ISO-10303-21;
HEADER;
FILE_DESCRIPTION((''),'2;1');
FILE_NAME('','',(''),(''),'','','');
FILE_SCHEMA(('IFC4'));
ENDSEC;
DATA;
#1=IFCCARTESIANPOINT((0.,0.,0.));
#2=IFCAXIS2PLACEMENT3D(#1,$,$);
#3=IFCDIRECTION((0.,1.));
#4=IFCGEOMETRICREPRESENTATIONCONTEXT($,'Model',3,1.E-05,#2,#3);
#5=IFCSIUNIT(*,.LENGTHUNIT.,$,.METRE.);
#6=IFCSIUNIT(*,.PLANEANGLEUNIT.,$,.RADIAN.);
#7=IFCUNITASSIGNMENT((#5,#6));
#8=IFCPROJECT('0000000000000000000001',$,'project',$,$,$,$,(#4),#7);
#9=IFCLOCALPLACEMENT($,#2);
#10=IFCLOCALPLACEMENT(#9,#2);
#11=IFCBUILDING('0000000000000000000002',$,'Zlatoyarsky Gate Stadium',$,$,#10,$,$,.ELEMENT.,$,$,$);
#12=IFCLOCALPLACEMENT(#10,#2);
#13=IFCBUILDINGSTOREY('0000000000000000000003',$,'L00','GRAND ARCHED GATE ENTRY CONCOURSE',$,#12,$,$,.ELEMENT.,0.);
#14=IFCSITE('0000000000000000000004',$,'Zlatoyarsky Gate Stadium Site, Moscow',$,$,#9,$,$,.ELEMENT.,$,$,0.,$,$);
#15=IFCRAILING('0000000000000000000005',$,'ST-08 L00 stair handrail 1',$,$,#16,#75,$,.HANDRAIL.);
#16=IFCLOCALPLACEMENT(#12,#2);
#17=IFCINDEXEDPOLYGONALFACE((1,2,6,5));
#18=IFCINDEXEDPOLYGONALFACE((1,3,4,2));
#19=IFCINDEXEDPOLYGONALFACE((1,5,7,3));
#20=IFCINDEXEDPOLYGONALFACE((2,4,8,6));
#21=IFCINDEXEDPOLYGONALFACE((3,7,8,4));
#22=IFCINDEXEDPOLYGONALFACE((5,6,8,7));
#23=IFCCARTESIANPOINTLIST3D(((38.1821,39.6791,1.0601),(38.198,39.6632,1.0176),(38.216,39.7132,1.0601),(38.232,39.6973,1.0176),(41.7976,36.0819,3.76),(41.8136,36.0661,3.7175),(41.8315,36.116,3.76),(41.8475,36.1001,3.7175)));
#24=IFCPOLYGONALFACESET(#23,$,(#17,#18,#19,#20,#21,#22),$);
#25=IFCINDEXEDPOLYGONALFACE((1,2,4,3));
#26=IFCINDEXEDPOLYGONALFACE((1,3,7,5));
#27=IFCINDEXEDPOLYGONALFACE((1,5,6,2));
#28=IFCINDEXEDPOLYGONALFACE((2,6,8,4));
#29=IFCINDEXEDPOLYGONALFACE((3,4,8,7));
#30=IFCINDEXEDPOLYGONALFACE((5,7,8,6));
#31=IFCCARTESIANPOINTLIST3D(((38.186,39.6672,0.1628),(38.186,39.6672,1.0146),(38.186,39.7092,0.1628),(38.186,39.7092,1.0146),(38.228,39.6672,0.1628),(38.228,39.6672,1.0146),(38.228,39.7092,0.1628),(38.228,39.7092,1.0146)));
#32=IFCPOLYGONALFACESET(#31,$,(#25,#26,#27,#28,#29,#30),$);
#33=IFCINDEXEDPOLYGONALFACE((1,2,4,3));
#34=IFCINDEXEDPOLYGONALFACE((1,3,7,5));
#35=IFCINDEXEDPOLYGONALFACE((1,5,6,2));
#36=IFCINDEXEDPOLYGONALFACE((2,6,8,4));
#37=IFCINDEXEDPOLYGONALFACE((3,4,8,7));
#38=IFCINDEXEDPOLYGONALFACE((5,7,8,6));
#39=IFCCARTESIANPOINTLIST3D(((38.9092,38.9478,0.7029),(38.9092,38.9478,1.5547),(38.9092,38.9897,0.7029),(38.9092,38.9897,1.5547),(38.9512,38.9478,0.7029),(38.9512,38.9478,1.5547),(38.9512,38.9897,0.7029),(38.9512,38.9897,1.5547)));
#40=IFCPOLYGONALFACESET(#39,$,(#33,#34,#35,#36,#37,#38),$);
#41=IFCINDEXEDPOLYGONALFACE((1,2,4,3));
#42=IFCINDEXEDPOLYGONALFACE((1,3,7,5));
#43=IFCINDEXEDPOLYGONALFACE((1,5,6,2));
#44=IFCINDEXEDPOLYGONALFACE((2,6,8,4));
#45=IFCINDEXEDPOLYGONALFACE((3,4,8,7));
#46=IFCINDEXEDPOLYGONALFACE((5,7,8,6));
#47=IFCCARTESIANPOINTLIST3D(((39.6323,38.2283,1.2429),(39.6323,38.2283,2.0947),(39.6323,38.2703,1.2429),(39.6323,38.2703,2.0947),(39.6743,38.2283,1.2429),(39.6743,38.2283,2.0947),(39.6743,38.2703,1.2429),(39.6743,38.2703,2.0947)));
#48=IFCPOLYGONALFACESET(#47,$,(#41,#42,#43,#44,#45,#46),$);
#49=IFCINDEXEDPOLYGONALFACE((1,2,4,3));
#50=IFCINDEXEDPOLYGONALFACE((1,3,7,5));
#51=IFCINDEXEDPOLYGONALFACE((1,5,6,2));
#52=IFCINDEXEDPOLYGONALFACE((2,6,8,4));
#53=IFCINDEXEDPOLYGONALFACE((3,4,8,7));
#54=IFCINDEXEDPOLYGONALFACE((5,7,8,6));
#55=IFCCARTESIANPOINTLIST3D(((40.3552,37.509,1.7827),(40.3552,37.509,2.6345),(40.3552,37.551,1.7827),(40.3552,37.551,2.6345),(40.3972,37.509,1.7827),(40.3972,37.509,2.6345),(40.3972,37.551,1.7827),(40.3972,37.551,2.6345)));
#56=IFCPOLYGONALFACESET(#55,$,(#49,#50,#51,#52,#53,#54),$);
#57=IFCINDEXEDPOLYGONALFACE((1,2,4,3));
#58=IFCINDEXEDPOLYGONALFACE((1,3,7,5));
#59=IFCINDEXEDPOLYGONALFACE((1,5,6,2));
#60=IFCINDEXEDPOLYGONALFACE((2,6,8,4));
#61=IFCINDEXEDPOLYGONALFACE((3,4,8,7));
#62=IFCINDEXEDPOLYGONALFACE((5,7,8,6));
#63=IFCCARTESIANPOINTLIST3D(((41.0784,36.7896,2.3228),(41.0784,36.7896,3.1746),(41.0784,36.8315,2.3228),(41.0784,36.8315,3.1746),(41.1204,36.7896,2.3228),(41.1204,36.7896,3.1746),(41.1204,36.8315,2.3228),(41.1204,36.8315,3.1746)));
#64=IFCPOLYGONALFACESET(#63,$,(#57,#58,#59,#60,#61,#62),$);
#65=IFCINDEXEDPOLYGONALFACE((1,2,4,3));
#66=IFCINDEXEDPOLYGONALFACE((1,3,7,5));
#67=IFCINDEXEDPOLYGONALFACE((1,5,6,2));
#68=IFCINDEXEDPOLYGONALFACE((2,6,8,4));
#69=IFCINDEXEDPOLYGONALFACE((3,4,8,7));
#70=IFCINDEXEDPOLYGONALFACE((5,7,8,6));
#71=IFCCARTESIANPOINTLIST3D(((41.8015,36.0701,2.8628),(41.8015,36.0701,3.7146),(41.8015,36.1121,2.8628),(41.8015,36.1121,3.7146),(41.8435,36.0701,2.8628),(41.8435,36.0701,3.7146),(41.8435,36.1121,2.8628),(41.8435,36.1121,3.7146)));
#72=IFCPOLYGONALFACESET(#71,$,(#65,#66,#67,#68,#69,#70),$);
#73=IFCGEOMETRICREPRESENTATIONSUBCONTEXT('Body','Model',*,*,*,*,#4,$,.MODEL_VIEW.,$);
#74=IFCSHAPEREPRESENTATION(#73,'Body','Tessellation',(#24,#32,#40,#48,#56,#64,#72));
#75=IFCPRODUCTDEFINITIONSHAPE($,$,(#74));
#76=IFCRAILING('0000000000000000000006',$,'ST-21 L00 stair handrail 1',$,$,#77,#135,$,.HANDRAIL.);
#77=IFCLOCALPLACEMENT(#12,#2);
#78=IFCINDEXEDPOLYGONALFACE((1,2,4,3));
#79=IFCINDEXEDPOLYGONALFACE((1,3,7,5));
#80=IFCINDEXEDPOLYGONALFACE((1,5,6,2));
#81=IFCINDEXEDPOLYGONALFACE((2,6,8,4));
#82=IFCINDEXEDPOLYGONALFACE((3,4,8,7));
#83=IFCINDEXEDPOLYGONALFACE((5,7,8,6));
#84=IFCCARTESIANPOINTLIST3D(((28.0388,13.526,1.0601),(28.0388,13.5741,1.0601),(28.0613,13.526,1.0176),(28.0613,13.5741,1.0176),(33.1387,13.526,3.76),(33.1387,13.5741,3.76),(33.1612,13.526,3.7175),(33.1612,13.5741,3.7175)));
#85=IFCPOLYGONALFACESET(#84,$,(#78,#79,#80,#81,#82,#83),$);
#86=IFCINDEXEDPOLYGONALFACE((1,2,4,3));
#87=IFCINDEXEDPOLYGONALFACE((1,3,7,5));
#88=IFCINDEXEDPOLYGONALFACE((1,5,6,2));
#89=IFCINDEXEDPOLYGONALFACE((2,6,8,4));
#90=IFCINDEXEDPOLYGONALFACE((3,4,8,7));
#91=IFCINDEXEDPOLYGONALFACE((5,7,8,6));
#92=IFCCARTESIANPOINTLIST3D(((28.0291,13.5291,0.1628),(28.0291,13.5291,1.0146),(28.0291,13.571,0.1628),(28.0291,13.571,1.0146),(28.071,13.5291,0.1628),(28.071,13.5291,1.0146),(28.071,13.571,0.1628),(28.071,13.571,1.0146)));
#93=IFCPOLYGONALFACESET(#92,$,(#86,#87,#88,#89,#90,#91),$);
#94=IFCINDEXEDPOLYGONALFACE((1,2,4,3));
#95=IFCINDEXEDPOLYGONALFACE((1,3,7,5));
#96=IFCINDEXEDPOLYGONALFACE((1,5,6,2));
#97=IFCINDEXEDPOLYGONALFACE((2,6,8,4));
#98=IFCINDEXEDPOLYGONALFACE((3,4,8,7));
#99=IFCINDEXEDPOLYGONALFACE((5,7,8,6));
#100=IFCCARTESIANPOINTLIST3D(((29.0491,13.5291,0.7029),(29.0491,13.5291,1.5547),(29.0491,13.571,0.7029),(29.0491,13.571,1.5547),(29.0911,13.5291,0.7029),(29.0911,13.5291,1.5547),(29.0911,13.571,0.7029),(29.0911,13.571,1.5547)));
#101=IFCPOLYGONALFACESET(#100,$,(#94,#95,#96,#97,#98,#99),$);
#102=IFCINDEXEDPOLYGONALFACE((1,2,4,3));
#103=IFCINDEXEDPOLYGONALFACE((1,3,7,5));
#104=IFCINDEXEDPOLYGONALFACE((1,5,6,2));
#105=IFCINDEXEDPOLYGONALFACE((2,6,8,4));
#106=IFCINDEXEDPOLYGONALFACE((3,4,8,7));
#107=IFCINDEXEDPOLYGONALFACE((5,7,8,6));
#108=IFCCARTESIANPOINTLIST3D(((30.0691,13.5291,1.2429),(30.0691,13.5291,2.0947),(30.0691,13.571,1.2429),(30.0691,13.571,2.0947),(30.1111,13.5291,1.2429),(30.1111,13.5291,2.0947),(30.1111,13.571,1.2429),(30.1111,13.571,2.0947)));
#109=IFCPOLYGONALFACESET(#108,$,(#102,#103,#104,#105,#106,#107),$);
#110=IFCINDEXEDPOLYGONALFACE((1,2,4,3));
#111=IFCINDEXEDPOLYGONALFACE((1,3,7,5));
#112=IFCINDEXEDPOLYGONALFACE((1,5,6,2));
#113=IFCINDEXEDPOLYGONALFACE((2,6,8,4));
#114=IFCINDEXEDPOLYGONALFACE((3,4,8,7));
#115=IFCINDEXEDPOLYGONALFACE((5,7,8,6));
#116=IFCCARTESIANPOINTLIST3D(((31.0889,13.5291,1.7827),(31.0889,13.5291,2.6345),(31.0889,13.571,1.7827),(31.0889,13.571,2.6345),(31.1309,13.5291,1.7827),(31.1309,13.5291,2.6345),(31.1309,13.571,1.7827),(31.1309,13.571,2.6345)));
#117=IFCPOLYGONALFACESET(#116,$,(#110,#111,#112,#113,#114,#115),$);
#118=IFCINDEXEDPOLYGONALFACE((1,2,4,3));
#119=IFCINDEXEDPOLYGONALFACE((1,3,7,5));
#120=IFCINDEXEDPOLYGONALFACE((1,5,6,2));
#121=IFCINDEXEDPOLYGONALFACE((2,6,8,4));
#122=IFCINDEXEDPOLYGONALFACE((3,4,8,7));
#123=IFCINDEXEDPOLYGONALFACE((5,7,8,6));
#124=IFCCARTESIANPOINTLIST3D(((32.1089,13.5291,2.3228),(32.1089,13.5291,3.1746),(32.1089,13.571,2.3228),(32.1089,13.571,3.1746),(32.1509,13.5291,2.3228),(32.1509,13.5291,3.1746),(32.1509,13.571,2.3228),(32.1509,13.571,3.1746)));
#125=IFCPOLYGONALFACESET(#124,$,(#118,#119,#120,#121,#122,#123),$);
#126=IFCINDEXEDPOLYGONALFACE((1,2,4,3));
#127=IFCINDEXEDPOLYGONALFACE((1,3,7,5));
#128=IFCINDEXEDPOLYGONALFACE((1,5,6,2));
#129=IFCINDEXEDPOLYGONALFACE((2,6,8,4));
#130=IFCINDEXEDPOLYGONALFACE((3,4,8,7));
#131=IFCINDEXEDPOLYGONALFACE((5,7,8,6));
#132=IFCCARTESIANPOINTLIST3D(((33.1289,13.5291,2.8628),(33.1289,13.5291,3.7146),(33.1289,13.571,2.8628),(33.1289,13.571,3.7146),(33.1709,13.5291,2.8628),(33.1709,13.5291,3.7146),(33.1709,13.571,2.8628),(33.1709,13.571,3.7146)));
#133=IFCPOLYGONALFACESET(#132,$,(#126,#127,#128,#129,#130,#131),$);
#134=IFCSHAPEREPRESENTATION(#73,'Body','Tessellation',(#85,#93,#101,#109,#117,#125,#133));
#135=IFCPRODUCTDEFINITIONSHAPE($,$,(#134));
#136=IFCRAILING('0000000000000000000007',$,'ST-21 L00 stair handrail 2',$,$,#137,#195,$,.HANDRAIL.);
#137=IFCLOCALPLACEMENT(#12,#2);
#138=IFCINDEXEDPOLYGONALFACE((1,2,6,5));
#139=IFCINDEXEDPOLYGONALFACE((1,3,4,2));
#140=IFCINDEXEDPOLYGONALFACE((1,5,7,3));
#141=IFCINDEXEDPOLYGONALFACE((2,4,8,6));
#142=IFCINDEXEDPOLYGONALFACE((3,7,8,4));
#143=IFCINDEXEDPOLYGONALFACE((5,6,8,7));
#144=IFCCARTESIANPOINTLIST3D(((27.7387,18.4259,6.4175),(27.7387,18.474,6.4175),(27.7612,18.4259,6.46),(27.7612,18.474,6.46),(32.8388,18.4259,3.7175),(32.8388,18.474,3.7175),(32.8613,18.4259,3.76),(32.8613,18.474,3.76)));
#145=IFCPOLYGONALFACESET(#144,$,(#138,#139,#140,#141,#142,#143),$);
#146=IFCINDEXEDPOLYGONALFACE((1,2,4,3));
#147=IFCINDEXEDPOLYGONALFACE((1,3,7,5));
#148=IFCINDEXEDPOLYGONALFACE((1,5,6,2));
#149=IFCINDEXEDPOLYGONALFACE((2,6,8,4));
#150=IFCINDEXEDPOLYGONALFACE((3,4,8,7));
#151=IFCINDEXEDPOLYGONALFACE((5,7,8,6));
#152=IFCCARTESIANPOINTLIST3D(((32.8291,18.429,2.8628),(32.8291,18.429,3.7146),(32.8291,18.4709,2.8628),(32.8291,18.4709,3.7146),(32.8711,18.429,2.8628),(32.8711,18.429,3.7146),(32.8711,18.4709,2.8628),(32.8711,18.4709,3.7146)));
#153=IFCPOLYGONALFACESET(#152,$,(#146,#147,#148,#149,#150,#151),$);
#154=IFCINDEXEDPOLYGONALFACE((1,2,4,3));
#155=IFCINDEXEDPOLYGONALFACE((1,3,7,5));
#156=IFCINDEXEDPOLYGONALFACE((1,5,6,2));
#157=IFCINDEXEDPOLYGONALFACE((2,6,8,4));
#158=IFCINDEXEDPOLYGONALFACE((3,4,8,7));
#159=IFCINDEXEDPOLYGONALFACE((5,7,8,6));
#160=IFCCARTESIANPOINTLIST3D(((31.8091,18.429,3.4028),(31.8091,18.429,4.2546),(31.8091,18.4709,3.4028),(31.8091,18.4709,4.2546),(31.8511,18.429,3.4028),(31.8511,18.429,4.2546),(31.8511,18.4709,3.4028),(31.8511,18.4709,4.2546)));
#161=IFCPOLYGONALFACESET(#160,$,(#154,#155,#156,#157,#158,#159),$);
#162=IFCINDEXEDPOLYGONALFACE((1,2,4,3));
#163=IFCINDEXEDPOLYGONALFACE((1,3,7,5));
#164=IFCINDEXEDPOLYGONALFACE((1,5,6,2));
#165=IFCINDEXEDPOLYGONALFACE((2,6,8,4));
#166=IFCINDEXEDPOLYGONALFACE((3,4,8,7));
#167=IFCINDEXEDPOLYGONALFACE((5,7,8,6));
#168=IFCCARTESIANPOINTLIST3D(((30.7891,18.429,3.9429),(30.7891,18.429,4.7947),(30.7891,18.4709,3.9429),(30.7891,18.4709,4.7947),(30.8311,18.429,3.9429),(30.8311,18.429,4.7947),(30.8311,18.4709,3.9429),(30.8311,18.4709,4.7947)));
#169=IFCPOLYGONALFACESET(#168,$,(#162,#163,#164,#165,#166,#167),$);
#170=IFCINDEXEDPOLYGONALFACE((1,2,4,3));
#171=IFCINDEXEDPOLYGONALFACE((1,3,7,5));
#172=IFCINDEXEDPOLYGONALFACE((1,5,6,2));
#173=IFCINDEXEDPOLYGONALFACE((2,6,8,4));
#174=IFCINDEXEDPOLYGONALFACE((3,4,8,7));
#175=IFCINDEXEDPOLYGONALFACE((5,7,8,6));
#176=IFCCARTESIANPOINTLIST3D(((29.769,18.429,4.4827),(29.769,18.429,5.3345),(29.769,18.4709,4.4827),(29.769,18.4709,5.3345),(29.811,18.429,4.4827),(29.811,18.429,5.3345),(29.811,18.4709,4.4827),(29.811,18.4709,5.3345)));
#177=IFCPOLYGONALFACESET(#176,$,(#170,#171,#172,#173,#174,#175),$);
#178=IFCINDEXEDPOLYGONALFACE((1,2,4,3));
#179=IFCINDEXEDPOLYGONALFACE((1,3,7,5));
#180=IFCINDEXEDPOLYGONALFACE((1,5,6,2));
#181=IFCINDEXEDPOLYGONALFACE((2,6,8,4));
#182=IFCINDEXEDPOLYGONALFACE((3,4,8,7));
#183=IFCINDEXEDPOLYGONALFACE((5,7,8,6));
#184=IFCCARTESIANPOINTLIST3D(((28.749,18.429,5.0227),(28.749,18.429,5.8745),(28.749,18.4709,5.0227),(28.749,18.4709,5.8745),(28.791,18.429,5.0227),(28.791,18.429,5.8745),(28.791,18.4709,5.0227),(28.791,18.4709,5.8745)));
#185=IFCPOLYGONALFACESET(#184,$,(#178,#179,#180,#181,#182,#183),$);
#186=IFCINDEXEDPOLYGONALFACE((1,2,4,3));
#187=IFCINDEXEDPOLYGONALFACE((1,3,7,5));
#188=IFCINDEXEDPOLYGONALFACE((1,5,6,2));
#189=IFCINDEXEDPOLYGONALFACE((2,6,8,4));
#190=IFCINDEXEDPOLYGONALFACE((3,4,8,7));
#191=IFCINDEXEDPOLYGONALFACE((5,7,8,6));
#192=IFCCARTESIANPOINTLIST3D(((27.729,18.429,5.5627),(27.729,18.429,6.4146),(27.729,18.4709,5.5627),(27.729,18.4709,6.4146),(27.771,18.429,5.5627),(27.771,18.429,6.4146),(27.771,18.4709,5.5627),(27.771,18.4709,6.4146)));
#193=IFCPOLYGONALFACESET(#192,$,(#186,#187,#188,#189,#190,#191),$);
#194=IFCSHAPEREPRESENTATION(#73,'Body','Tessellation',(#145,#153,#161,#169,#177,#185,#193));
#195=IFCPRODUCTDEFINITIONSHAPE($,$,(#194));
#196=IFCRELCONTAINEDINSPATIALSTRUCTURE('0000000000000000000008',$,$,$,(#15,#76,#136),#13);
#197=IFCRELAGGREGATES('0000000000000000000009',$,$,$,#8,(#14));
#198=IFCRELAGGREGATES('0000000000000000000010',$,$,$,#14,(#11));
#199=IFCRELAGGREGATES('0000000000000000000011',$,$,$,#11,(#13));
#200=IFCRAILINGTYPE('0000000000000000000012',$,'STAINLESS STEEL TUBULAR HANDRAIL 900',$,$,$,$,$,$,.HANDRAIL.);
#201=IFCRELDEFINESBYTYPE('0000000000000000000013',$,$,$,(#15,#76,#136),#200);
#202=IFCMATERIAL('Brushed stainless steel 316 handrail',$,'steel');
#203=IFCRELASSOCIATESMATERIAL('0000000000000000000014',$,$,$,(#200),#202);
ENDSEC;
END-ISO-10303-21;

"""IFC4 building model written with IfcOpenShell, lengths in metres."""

from ifc_helpers import new_model, si_unit, direction, frame, origin, origin_2d, place, context, subcontext, project, spatial, rectangle, extrude, material, type_object, element, save


model = new_model("IFC4")

# Units and contexts
model_context = context("Model", 3, precision=1e-05, world=origin(), true_north=direction((0.0, 1.0)))
body_context = subcontext(model_context, "Body", "Model", "MODEL_VIEW")
ifc_project = project(units=[si_unit("LENGTHUNIT", "METRE"), si_unit("PLANEANGLEUNIT", "RADIAN")], contexts=[model_context])

# Site, building, storey
site_placement = place(None, origin())
site = spatial("IfcSite", under=ifc_project, at=site_placement, Name="Zlatoyarsky Gate Stadium Site, Moscow", CompositionType="ELEMENT", RefElevation=0.0)
building_placement = place(site_placement, origin())
building = spatial("IfcBuilding", under=site, at=building_placement, Name="Zlatoyarsky Gate Stadium", CompositionType="ELEMENT")
storey_placement = place(building_placement, origin())
storey = spatial("IfcBuildingStorey", under=building, at=storey_placement, Name="L00", Description="GRAND ARCHED GATE ENTRY CONCOURSE", CompositionType="ELEMENT", Elevation=0.0)

# Railings
ifc_material_1 = material(Name="Brushed stainless steel 316 handrail", Category="steel")
railing_type_1 = type_object("IfcRailingType", Name="STAINLESS STEEL TUBULAR HANDRAIL 900", PredefinedType="HANDRAIL", material=ifc_material_1)
railing_1_placement = place(storey_placement, frame((38.207, 39.6882, 0.1628)))
element("IfcRailing", 1, at=railing_1_placement, inside=storey, type_object=railing_type_1, Name="ST-08 L00 stair handrail 1", PredefinedType="HANDRAIL", context=body_context, shape_type="SweptSolid", body=[
    extrude(rectangle(XDim=0.0481, YDim=0.0481, at=origin_2d()), frame((0.0, 0.0, 0.876), z_axis=(0.626523, -0.62335, 0.467872), x_axis=(0.705309, 0.7089, 0.0)), (0.0, 0.0, 1.0), 5.7708),
    extrude(rectangle(XDim=0.042, YDim=0.042, at=origin_2d()), origin(), (0.0, 0.0, 1.0), 0.8518),
    extrude(rectangle(XDim=0.042, YDim=0.042, at=origin_2d()), frame((0.7231, -0.7195, 0.54)), (0.0, 0.0, 1.0), 0.8518),
    extrude(rectangle(XDim=0.042, YDim=0.042, at=origin_2d()), frame((1.4463, -1.439, 1.0801)), (0.0, 0.0, 1.0), 0.8518),
    extrude(rectangle(XDim=0.042, YDim=0.042, at=origin_2d()), frame((2.1692, -2.1582, 1.6199)), (0.0, 0.0, 1.0), 0.8518),
    extrude(rectangle(XDim=0.042, YDim=0.042, at=origin_2d()), frame((2.8923, -2.8777, 2.1599)), (0.0, 0.0, 1.0), 0.8518),
    extrude(rectangle(XDim=0.042, YDim=0.042, at=origin_2d()), frame((3.6155, -3.5972, 2.7)), (0.0, 0.0, 1.0), 0.8518),
])
railing_2_placement = place(storey_placement, frame((28.05, 13.55, 0.1628)))
element("IfcRailing", 2, at=railing_2_placement, inside=storey, type_object=railing_type_1, Name="ST-21 L00 stair handrail 1", PredefinedType="HANDRAIL", context=body_context, shape_type="SweptSolid", body=[
    extrude(rectangle(XDim=0.0481, YDim=0.0481, at=origin_2d()), frame((0.0, 0.0, 0.876), z_axis=(0.883786, 0.0, 0.467892), x_axis=(0.0, 1.0, 0.0)), (0.0, 0.0, 1.0), 5.7705),
    extrude(rectangle(XDim=0.042, YDim=0.042, at=origin_2d()), origin(), (0.0, 0.0, 1.0), 0.8518),
    extrude(rectangle(XDim=0.042, YDim=0.042, at=origin_2d()), frame((1.02, 0.0, 0.54)), (0.0, 0.0, 1.0), 0.8518),
    extrude(rectangle(XDim=0.042, YDim=0.042, at=origin_2d()), frame((2.04, 0.0, 1.0801)), (0.0, 0.0, 1.0), 0.8518),
    extrude(rectangle(XDim=0.042, YDim=0.042, at=origin_2d()), frame((3.0598, 0.0, 1.6199)), (0.0, 0.0, 1.0), 0.8518),
    extrude(rectangle(XDim=0.042, YDim=0.042, at=origin_2d()), frame((4.0798, 0.0, 2.1599)), (0.0, 0.0, 1.0), 0.8518),
    extrude(rectangle(XDim=0.042, YDim=0.042, at=origin_2d()), frame((5.0999, 0.0, 2.7)), (0.0, 0.0, 1.0), 0.8518),
])
railing_3_placement = place(storey_placement, frame((32.8501, 18.45, 2.8628)))
element("IfcRailing", 3, at=railing_3_placement, inside=storey, type_object=railing_type_1, Name="ST-21 L00 stair handrail 2", PredefinedType="HANDRAIL", context=body_context, shape_type="SweptSolid", body=[
    extrude(rectangle(XDim=0.0481, YDim=0.0481, at=origin_2d()), frame((0.0, 0.0, 0.876), z_axis=(-0.883795, 0.0, 0.467874), x_axis=(0.0, -1.0, 0.0)), (0.0, 0.0, 1.0), 5.7708),
    extrude(rectangle(XDim=0.042, YDim=0.042, at=origin_2d()), origin(), (0.0, 0.0, 1.0), 0.8518),
    extrude(rectangle(XDim=0.042, YDim=0.042, at=origin_2d()), frame((-1.02, 0.0, 0.54)), (0.0, 0.0, 1.0), 0.8518),
    extrude(rectangle(XDim=0.042, YDim=0.042, at=origin_2d()), frame((-2.04, 0.0, 1.0801)), (0.0, 0.0, 1.0), 0.8518),
    extrude(rectangle(XDim=0.042, YDim=0.042, at=origin_2d()), frame((-3.0601, 0.0, 1.6199)), (0.0, 0.0, 1.0), 0.8518),
    extrude(rectangle(XDim=0.042, YDim=0.042, at=origin_2d()), frame((-4.0801, 0.0, 2.1599)), (0.0, 0.0, 1.0), 0.8518),
    extrude(rectangle(XDim=0.042, YDim=0.042, at=origin_2d()), frame((-5.1001, 0.0, 2.7)), (0.0, 0.0, 1.0), 0.8518),
])

save(model, "model.ifc")
